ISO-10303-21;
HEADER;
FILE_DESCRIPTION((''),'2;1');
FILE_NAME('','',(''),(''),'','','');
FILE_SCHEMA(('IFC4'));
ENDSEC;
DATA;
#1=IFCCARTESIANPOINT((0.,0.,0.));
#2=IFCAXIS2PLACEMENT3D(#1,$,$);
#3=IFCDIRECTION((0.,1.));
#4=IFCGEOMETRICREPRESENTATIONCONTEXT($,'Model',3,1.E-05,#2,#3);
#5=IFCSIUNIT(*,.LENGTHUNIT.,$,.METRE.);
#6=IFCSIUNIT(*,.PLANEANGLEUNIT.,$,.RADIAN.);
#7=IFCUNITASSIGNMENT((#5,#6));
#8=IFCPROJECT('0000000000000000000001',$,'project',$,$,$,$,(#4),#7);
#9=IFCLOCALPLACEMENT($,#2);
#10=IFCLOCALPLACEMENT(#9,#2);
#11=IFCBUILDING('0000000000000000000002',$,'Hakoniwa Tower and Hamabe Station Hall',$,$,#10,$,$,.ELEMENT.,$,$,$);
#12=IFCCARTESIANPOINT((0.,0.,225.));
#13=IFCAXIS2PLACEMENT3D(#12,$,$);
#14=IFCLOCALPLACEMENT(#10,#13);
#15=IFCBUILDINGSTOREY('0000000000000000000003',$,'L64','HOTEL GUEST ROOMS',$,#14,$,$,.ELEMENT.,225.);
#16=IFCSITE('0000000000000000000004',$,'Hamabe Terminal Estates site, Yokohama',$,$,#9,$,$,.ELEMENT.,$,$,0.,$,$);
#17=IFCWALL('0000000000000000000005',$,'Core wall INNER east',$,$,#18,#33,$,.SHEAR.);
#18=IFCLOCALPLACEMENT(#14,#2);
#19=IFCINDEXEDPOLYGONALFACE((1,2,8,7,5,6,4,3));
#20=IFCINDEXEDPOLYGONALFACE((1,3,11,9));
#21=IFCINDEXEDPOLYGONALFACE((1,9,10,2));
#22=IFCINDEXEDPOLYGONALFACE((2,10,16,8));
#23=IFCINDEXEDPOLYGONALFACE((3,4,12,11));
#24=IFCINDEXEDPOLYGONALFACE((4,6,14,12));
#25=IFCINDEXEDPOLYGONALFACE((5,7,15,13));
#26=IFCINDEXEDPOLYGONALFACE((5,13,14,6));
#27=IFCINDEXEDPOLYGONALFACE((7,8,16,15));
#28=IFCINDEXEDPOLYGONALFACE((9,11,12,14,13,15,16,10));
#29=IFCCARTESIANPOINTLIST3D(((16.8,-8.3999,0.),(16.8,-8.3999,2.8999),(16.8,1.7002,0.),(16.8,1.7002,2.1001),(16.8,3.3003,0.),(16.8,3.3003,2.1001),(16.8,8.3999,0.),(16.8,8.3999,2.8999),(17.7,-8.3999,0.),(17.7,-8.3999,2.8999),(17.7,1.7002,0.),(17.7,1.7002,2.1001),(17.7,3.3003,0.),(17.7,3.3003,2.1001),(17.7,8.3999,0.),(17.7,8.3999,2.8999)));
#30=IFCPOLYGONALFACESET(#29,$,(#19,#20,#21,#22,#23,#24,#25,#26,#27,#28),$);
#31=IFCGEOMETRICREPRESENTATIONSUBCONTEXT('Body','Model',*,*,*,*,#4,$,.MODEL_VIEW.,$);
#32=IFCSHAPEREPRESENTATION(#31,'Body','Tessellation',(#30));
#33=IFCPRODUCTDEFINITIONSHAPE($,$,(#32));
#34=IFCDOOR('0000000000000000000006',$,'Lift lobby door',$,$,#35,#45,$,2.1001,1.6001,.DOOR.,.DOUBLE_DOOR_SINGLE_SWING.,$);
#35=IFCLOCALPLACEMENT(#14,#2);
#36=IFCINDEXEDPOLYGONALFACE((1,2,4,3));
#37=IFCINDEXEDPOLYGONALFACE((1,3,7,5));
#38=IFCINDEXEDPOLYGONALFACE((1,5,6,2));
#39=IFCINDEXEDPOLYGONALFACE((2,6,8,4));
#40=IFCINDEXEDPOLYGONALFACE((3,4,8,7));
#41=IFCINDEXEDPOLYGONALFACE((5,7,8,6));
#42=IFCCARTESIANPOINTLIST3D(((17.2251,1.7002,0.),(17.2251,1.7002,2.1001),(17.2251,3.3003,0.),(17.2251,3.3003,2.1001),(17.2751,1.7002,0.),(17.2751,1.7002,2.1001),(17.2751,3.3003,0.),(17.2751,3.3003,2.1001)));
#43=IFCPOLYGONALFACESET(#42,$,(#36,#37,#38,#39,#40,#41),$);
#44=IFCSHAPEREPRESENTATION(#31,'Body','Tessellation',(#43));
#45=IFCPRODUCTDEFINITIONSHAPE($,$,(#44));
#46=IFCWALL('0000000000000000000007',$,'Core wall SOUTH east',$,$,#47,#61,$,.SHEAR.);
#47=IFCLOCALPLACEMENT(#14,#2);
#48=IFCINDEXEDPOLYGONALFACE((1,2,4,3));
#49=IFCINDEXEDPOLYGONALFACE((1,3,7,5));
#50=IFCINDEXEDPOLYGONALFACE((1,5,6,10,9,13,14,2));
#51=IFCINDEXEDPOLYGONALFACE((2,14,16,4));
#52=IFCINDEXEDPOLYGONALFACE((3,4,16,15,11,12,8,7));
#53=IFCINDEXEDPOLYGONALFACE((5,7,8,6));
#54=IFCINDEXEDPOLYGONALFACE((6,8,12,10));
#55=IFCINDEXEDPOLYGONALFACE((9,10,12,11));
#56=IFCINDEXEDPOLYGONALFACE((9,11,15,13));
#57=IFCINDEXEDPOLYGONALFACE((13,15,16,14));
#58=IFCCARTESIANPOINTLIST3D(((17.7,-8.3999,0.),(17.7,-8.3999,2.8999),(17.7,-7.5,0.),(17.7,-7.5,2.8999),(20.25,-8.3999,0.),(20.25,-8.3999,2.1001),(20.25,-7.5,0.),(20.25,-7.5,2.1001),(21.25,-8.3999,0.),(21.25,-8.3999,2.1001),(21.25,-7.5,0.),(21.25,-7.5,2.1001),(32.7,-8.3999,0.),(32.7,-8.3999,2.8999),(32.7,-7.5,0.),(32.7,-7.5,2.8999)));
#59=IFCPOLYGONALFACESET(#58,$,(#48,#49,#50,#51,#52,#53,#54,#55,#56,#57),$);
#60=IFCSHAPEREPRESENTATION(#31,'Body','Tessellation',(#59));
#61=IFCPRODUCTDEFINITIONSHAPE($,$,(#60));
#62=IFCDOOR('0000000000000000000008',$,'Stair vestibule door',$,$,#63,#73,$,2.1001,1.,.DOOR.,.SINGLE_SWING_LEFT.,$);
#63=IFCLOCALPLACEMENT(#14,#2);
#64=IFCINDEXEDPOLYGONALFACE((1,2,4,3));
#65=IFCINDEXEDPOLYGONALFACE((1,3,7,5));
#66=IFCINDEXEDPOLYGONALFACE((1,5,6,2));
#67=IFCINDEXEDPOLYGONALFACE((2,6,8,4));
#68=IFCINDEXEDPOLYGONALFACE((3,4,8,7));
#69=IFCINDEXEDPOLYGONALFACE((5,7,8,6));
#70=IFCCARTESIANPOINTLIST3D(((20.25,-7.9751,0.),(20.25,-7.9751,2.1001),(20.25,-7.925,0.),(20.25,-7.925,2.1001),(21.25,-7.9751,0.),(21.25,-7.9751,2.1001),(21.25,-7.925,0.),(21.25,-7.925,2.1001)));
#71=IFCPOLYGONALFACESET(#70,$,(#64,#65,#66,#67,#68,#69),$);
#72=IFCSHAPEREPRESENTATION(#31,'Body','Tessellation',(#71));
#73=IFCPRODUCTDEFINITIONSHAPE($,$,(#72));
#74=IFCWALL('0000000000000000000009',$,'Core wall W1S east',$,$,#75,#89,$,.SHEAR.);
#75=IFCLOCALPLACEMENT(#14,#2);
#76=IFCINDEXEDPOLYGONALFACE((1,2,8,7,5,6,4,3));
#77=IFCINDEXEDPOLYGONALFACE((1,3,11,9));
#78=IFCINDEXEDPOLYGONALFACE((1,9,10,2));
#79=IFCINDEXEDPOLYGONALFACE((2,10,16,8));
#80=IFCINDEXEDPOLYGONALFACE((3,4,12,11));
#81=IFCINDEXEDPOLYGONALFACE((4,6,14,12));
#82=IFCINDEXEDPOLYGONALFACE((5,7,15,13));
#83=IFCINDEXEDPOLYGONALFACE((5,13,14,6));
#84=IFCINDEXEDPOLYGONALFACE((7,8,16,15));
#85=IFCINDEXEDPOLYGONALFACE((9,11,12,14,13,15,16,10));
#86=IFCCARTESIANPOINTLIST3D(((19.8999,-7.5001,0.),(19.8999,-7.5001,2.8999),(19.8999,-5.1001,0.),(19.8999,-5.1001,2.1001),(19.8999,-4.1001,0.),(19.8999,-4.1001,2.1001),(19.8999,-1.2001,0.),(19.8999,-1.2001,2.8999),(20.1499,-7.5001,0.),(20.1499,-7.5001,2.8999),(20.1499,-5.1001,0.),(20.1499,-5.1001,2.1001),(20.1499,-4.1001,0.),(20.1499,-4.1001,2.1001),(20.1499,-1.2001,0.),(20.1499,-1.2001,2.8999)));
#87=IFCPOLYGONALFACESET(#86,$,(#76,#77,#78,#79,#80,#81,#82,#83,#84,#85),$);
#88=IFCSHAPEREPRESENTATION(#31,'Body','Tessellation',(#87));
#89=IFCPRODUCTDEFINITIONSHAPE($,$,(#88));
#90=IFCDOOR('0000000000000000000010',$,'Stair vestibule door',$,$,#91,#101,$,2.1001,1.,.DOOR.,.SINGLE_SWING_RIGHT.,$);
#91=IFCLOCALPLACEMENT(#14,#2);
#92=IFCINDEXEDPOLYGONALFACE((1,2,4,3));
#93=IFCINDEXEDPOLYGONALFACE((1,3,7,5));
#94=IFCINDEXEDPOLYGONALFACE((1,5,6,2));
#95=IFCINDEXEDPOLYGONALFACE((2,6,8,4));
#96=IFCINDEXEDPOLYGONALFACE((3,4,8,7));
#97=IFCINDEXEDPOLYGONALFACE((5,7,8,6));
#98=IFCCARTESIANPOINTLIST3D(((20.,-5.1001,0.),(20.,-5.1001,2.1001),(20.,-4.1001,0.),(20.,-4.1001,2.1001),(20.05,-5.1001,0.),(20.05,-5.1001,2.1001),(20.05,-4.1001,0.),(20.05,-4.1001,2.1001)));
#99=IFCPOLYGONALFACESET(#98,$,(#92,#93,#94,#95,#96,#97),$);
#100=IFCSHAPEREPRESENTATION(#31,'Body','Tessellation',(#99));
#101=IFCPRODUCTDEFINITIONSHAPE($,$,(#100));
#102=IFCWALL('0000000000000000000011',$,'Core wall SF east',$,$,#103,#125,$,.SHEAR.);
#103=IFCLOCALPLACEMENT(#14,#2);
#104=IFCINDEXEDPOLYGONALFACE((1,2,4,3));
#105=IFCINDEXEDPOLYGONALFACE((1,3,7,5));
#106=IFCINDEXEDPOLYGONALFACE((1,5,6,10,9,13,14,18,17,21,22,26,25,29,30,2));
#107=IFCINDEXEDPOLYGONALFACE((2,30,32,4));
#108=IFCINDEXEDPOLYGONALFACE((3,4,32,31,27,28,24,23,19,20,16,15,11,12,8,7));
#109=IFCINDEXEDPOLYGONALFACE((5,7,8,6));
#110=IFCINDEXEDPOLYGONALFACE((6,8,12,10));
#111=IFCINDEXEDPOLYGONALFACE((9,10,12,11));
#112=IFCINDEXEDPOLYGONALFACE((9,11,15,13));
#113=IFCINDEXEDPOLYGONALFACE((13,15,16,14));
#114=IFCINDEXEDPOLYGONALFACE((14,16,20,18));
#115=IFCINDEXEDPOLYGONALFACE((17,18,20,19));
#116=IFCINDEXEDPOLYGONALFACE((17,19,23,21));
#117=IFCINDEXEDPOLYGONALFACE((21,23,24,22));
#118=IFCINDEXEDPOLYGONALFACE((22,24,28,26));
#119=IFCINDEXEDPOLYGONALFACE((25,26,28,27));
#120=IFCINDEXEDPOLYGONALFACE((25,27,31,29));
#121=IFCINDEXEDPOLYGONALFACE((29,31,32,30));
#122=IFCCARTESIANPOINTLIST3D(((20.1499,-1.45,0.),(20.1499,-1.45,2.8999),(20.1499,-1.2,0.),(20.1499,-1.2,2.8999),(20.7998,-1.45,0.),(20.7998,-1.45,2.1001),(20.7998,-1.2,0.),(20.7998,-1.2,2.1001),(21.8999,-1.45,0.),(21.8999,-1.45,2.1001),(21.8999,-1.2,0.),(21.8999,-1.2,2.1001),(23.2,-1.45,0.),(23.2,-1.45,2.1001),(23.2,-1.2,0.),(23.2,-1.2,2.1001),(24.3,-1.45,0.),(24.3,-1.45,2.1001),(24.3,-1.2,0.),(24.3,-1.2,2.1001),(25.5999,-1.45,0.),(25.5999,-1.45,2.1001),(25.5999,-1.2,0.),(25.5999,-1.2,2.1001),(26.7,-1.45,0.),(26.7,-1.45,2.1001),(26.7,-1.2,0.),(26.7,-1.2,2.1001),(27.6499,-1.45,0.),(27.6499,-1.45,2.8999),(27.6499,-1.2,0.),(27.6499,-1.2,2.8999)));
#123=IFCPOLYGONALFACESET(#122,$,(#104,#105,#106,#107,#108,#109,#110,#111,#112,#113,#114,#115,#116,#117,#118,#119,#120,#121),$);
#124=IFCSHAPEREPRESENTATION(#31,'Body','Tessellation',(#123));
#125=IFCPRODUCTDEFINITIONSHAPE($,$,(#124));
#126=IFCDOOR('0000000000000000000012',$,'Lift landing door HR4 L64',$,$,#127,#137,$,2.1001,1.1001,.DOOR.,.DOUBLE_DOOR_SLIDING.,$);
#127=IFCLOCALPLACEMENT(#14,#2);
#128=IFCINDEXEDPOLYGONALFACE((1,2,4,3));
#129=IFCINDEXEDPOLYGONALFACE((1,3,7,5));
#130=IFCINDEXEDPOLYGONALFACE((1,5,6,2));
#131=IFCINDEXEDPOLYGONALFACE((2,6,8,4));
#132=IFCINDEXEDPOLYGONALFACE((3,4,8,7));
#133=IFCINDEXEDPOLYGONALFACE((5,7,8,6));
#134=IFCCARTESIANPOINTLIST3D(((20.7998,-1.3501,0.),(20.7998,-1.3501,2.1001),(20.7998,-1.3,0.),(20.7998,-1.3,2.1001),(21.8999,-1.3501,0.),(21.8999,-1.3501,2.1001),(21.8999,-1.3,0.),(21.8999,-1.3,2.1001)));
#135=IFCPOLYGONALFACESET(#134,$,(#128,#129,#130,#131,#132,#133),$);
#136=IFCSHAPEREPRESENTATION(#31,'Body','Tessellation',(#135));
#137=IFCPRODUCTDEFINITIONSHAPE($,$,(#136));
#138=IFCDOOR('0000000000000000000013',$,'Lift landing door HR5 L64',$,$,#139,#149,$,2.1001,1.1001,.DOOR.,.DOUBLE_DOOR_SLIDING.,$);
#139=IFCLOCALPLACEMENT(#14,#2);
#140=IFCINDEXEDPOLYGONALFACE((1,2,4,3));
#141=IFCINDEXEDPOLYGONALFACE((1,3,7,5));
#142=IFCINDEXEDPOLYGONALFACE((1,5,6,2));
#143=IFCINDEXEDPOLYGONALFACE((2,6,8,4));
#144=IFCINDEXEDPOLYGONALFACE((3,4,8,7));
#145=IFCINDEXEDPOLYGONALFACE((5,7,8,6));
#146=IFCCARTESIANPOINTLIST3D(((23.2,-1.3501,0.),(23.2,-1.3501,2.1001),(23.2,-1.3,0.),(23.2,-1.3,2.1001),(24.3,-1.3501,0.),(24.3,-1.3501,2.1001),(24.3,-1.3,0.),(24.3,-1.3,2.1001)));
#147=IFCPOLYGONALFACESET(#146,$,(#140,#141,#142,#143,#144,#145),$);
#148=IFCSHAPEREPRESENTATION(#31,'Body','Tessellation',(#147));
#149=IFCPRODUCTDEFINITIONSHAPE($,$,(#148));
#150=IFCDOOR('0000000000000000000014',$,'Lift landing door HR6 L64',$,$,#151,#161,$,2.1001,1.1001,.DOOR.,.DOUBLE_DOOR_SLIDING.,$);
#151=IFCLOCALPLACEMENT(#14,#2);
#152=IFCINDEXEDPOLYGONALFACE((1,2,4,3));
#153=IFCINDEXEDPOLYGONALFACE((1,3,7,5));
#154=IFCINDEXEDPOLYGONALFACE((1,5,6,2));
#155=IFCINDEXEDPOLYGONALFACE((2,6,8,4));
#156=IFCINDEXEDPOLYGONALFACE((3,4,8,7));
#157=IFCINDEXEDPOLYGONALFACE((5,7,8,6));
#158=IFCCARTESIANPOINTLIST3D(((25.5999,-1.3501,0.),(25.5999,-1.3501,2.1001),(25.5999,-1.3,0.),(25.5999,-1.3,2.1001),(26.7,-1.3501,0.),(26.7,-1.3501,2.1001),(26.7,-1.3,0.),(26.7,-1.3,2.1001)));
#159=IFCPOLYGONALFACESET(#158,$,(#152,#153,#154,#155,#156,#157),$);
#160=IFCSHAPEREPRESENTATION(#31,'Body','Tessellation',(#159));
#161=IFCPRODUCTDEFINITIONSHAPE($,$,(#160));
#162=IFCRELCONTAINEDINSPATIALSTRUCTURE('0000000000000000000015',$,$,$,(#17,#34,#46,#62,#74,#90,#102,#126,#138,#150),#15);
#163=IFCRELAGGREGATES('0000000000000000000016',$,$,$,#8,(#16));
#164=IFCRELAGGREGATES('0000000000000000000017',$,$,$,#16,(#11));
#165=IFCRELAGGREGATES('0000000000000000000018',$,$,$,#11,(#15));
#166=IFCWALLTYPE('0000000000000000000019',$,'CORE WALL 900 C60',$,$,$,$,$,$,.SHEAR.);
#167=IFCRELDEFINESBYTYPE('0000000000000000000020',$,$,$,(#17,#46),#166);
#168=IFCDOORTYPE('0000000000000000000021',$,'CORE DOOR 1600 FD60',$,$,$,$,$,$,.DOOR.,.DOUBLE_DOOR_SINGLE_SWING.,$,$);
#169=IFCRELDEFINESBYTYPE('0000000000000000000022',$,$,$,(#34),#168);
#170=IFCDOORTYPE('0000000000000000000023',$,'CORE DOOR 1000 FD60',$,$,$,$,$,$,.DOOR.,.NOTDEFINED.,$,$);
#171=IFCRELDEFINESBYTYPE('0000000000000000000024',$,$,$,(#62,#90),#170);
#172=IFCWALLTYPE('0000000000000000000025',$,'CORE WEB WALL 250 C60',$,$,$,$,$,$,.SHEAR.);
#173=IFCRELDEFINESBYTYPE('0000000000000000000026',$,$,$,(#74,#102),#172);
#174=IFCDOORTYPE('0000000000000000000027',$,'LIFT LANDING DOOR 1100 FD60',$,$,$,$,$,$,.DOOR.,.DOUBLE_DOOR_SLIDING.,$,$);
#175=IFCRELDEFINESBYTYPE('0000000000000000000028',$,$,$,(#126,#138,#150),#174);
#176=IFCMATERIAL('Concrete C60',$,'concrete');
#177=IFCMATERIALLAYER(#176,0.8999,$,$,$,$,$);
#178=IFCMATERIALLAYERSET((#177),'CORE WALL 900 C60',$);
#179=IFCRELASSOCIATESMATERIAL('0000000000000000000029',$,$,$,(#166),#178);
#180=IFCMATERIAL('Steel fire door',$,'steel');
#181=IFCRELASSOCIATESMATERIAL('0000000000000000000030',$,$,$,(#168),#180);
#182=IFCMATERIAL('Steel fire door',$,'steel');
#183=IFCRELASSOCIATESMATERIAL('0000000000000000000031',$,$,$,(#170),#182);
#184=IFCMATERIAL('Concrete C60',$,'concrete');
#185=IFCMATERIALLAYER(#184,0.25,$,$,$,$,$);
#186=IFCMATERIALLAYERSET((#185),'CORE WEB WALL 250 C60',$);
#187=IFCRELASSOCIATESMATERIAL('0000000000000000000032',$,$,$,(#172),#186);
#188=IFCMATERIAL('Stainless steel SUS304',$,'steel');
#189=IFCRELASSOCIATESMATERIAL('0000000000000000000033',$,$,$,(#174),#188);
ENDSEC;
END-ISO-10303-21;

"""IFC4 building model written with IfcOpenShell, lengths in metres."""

from ifc_helpers import new_model, si_unit, direction, frame, frame_2d, origin, place, context, subcontext, project, spatial, rectangle, extrude, material, layer, layer_set, type_object, element, fill, save


model = new_model("IFC4")

# Units and contexts
model_context = context("Model", 3, precision=1e-05, world=origin(), true_north=direction((0.0, 1.0)))
body_context = subcontext(model_context, "Body", "Model", "MODEL_VIEW")
ifc_project = project(units=[si_unit("LENGTHUNIT", "METRE"), si_unit("PLANEANGLEUNIT", "RADIAN")], contexts=[model_context])

# Site, building, storey
site_placement = place(None, origin())
site = spatial("IfcSite", under=ifc_project, at=site_placement, Name="Hamabe Terminal Estates site, Yokohama", CompositionType="ELEMENT", RefElevation=0.0)
building_placement = place(site_placement, origin())
building = spatial("IfcBuilding", under=site, at=building_placement, Name="Hakoniwa Tower and Hamabe Station Hall", CompositionType="ELEMENT")
storey_placement = place(building_placement, frame((0.0, 0.0, 225.0)))
storey = spatial("IfcBuildingStorey", under=building, at=storey_placement, Name="L64", Description="HOTEL GUEST ROOMS", CompositionType="ELEMENT", Elevation=225.0)

# Walls, openings, doors
ifc_material_1 = material(Name="Concrete C60", Category="concrete")
ifc_layer_1 = layer(ifc_material_1, 0.8999)
ifc_layer_set_1 = layer_set([ifc_layer_1], Name="CORE WALL 900 C60")
wall_type_1 = type_object("IfcWallType", Name="CORE WALL 900 C60", PredefinedType="SHEAR", material=ifc_layer_set_1)
wall_1_placement = place(storey_placement, frame((17.25, -8.3999, 0.0), z_axis=(0.0, 0.0, 1.0), x_axis=(0.0, 1.0, 0.0)))
wall_1 = element("IfcWall", 1, at=wall_1_placement, inside=storey, type_object=wall_type_1, Name="Core wall INNER east", PredefinedType="SHEAR", context=body_context, shape_type="SweptSolid", body=[
    extrude(rectangle(XDim=16.7998, YDim=0.8999, at=frame_2d((8.3999, 0.0))), origin(), (0.0, 0.0, 1.0), 2.8999),
])
opening_1_placement = place(wall_1_placement, frame((10.1001, 0.0, 0.0)))
opening_1 = element("IfcOpeningElement", 2, at=opening_1_placement, cuts=wall_1, PredefinedType="OPENING", context=body_context, shape_type="SweptSolid", body=[
    extrude(rectangle(XDim=1.6001, YDim=2.1001, at=frame_2d((0.8, 1.05))), frame((0.0, 0.46, 0.0), z_axis=(0.0, -1.0, 0.0), x_axis=(1.0, 0.0, 0.0)), (0.0, 0.0, 1.0), 0.9199),
])
ifc_material_2 = material(Name="Steel fire door", Category="steel")
door_type_1 = type_object("IfcDoorType", Name="CORE DOOR 1600 FD60", OperationType="DOUBLE_DOOR_SINGLE_SWING", PredefinedType="DOOR", material=ifc_material_2)
door_1_placement = place(opening_1_placement, origin())
door_1 = element("IfcDoor", 3, at=door_1_placement, inside=storey, type_object=door_type_1, Name="Lift lobby door", OperationType="DOUBLE_DOOR_SINGLE_SWING", OverallHeight=2.1001, OverallWidth=1.6001, PredefinedType="DOOR", context=body_context, shape_type="SweptSolid", body=[
    extrude(rectangle(XDim=1.6001, YDim=2.1001, at=frame_2d((0.8, 1.05))), frame((0.0, 0.0249, 0.0), z_axis=(0.0, -1.0, 0.0), x_axis=(1.0, 0.0, 0.0)), (0.0, 0.0, 1.0), 0.05),
])
fill(opening_1, door_1)
wall_2_placement = place(storey_placement, frame((17.7, -7.95, 0.0), z_axis=(0.0, 0.0, 1.0), x_axis=(1.0, 0.0, 0.0)))
wall_2 = element("IfcWall", 4, at=wall_2_placement, inside=storey, type_object=wall_type_1, Name="Core wall SOUTH east", PredefinedType="SHEAR", context=body_context, shape_type="SweptSolid", body=[
    extrude(rectangle(XDim=15.0, YDim=0.8999, at=frame_2d((7.5, 0.0))), origin(), (0.0, 0.0, 1.0), 2.8999),
])
opening_2_placement = place(wall_2_placement, frame((2.55, 0.0, 0.0)))
opening_2 = element("IfcOpeningElement", 5, at=opening_2_placement, cuts=wall_2, PredefinedType="OPENING", context=body_context, shape_type="SweptSolid", body=[
    extrude(rectangle(XDim=1.0, YDim=2.1001, at=frame_2d((0.5, 1.05))), frame((0.0, 0.46, 0.0), z_axis=(0.0, -1.0, 0.0), x_axis=(1.0, 0.0, 0.0)), (0.0, 0.0, 1.0), 0.9199),
])
ifc_material_3 = material(Name="Steel fire door", Category="steel")
door_type_2 = type_object("IfcDoorType", Name="CORE DOOR 1000 FD60", OperationType="NOTDEFINED", PredefinedType="DOOR", material=ifc_material_3)
door_2_placement = place(opening_2_placement, origin())
door_2 = element("IfcDoor", 6, at=door_2_placement, inside=storey, type_object=door_type_2, Name="Stair vestibule door", OperationType="SINGLE_SWING_LEFT", OverallHeight=2.1001, OverallWidth=1.0, PredefinedType="DOOR", context=body_context, shape_type="SweptSolid", body=[
    extrude(rectangle(XDim=1.0, YDim=2.1001, at=frame_2d((0.5, 1.05))), frame((0.0, 0.0249, 0.0), z_axis=(0.0, -1.0, 0.0), x_axis=(1.0, 0.0, 0.0)), (0.0, 0.0, 1.0), 0.05),
])
fill(opening_2, door_2)
ifc_material_4 = material(Name="Concrete C60", Category="concrete")
ifc_layer_2 = layer(ifc_material_4, 0.25)
ifc_layer_set_2 = layer_set([ifc_layer_2], Name="CORE WEB WALL 250 C60")
wall_type_2 = type_object("IfcWallType", Name="CORE WEB WALL 250 C60", PredefinedType="SHEAR", material=ifc_layer_set_2)
wall_3_placement = place(storey_placement, frame((20.0249, -7.5, 0.0), z_axis=(0.0, 0.0, 1.0), x_axis=(0.0, 1.0, 0.0)))
wall_3 = element("IfcWall", 7, at=wall_3_placement, inside=storey, type_object=wall_type_2, Name="Core wall W1S east", PredefinedType="SHEAR", context=body_context, shape_type="SweptSolid", body=[
    extrude(rectangle(XDim=6.3, YDim=0.25, at=frame_2d((3.1499, 0.0))), origin(), (0.0, 0.0, 1.0), 2.8999),
])
opening_3_placement = place(wall_3_placement, frame((2.3999, 0.0, 0.0)))
opening_3 = element("IfcOpeningElement", 8, at=opening_3_placement, cuts=wall_3, PredefinedType="OPENING", context=body_context, shape_type="SweptSolid", body=[
    extrude(rectangle(XDim=1.0, YDim=2.1001, at=frame_2d((0.5, 1.05))), frame((0.0, 0.135, 0.0), z_axis=(0.0, -1.0, 0.0), x_axis=(1.0, 0.0, 0.0)), (0.0, 0.0, 1.0), 0.27),
])
door_3_placement = place(opening_3_placement, origin())
door_3 = element("IfcDoor", 9, at=door_3_placement, inside=storey, type_object=door_type_2, Name="Stair vestibule door", OperationType="SINGLE_SWING_RIGHT", OverallHeight=2.1001, OverallWidth=1.0, PredefinedType="DOOR", context=body_context, shape_type="SweptSolid", body=[
    extrude(rectangle(XDim=1.0, YDim=2.1001, at=frame_2d((0.5, 1.05))), frame((0.0, 0.0249, 0.0), z_axis=(0.0, -1.0, 0.0), x_axis=(1.0, 0.0, 0.0)), (0.0, 0.0, 1.0), 0.05),
])
fill(opening_3, door_3)

# Wall, openings, doors
wall_4_placement = place(storey_placement, frame((20.1499, -1.325, 0.0), z_axis=(0.0, 0.0, 1.0), x_axis=(1.0, 0.0, 0.0)))
wall_4 = element("IfcWall", 10, at=wall_4_placement, inside=storey, type_object=wall_type_2, Name="Core wall SF east", PredefinedType="SHEAR", context=body_context, shape_type="SweptSolid", body=[
    extrude(rectangle(XDim=7.5, YDim=0.25, at=frame_2d((3.75, 0.0))), origin(), (0.0, 0.0, 1.0), 2.8999),
])
opening_4_placement = place(wall_4_placement, frame((0.6499, 0.0, 0.0)))
opening_4 = element("IfcOpeningElement", 11, at=opening_4_placement, cuts=wall_4, PredefinedType="OPENING", context=body_context, shape_type="SweptSolid", body=[
    extrude(rectangle(XDim=1.1001, YDim=2.1001, at=frame_2d((0.55, 1.05))), frame((0.0, 0.135, 0.0), z_axis=(0.0, -1.0, 0.0), x_axis=(1.0, 0.0, 0.0)), (0.0, 0.0, 1.0), 0.27),
])
opening_5_placement = place(wall_4_placement, frame((3.05, 0.0, 0.0)))
opening_5 = element("IfcOpeningElement", 12, at=opening_5_placement, cuts=wall_4, PredefinedType="OPENING", context=body_context, shape_type="SweptSolid", body=[
    extrude(rectangle(XDim=1.1001, YDim=2.1001, at=frame_2d((0.55, 1.05))), frame((0.0, 0.135, 0.0), z_axis=(0.0, -1.0, 0.0), x_axis=(1.0, 0.0, 0.0)), (0.0, 0.0, 1.0), 0.27),
])
opening_6_placement = place(wall_4_placement, frame((5.45, 0.0, 0.0)))
opening_6 = element("IfcOpeningElement", 13, at=opening_6_placement, cuts=wall_4, PredefinedType="OPENING", context=body_context, shape_type="SweptSolid", body=[
    extrude(rectangle(XDim=1.1001, YDim=2.1001, at=frame_2d((0.55, 1.05))), frame((0.0, 0.135, 0.0), z_axis=(0.0, -1.0, 0.0), x_axis=(1.0, 0.0, 0.0)), (0.0, 0.0, 1.0), 0.27),
])
ifc_material_5 = material(Name="Stainless steel SUS304", Category="steel")
door_type_3 = type_object("IfcDoorType", Name="LIFT LANDING DOOR 1100 FD60", OperationType="DOUBLE_DOOR_SLIDING", PredefinedType="DOOR", material=ifc_material_5)
door_4_placement = place(opening_4_placement, origin())
door_4 = element("IfcDoor", 14, at=door_4_placement, inside=storey, type_object=door_type_3, Name="Lift landing door HR4 L64", OperationType="DOUBLE_DOOR_SLIDING", OverallHeight=2.1001, OverallWidth=1.1001, PredefinedType="DOOR", context=body_context, shape_type="SweptSolid", body=[
    extrude(rectangle(XDim=1.1001, YDim=2.1001, at=frame_2d((0.55, 1.05))), frame((0.0, 0.0249, 0.0), z_axis=(0.0, -1.0, 0.0), x_axis=(1.0, 0.0, 0.0)), (0.0, 0.0, 1.0), 0.05),
])
fill(opening_4, door_4)
door_5_placement = place(opening_5_placement, origin())
door_5 = element("IfcDoor", 15, at=door_5_placement, inside=storey, type_object=door_type_3, Name="Lift landing door HR5 L64", OperationType="DOUBLE_DOOR_SLIDING", OverallHeight=2.1001, OverallWidth=1.1001, PredefinedType="DOOR", context=body_context, shape_type="SweptSolid", body=[
    extrude(rectangle(XDim=1.1001, YDim=2.1001, at=frame_2d((0.55, 1.05))), frame((0.0, 0.0249, 0.0), z_axis=(0.0, -1.0, 0.0), x_axis=(1.0, 0.0, 0.0)), (0.0, 0.0, 1.0), 0.05),
])
fill(opening_5, door_5)
door_6_placement = place(opening_6_placement, origin())
door_6 = element("IfcDoor", 16, at=door_6_placement, inside=storey, type_object=door_type_3, Name="Lift landing door HR6 L64", OperationType="DOUBLE_DOOR_SLIDING", OverallHeight=2.1001, OverallWidth=1.1001, PredefinedType="DOOR", context=body_context, shape_type="SweptSolid", body=[
    extrude(rectangle(XDim=1.1001, YDim=2.1001, at=frame_2d((0.55, 1.05))), frame((0.0, 0.0249, 0.0), z_axis=(0.0, -1.0, 0.0), x_axis=(1.0, 0.0, 0.0)), (0.0, 0.0, 1.0), 0.05),
])
fill(opening_6, door_6)

save(model, "model.ifc")
